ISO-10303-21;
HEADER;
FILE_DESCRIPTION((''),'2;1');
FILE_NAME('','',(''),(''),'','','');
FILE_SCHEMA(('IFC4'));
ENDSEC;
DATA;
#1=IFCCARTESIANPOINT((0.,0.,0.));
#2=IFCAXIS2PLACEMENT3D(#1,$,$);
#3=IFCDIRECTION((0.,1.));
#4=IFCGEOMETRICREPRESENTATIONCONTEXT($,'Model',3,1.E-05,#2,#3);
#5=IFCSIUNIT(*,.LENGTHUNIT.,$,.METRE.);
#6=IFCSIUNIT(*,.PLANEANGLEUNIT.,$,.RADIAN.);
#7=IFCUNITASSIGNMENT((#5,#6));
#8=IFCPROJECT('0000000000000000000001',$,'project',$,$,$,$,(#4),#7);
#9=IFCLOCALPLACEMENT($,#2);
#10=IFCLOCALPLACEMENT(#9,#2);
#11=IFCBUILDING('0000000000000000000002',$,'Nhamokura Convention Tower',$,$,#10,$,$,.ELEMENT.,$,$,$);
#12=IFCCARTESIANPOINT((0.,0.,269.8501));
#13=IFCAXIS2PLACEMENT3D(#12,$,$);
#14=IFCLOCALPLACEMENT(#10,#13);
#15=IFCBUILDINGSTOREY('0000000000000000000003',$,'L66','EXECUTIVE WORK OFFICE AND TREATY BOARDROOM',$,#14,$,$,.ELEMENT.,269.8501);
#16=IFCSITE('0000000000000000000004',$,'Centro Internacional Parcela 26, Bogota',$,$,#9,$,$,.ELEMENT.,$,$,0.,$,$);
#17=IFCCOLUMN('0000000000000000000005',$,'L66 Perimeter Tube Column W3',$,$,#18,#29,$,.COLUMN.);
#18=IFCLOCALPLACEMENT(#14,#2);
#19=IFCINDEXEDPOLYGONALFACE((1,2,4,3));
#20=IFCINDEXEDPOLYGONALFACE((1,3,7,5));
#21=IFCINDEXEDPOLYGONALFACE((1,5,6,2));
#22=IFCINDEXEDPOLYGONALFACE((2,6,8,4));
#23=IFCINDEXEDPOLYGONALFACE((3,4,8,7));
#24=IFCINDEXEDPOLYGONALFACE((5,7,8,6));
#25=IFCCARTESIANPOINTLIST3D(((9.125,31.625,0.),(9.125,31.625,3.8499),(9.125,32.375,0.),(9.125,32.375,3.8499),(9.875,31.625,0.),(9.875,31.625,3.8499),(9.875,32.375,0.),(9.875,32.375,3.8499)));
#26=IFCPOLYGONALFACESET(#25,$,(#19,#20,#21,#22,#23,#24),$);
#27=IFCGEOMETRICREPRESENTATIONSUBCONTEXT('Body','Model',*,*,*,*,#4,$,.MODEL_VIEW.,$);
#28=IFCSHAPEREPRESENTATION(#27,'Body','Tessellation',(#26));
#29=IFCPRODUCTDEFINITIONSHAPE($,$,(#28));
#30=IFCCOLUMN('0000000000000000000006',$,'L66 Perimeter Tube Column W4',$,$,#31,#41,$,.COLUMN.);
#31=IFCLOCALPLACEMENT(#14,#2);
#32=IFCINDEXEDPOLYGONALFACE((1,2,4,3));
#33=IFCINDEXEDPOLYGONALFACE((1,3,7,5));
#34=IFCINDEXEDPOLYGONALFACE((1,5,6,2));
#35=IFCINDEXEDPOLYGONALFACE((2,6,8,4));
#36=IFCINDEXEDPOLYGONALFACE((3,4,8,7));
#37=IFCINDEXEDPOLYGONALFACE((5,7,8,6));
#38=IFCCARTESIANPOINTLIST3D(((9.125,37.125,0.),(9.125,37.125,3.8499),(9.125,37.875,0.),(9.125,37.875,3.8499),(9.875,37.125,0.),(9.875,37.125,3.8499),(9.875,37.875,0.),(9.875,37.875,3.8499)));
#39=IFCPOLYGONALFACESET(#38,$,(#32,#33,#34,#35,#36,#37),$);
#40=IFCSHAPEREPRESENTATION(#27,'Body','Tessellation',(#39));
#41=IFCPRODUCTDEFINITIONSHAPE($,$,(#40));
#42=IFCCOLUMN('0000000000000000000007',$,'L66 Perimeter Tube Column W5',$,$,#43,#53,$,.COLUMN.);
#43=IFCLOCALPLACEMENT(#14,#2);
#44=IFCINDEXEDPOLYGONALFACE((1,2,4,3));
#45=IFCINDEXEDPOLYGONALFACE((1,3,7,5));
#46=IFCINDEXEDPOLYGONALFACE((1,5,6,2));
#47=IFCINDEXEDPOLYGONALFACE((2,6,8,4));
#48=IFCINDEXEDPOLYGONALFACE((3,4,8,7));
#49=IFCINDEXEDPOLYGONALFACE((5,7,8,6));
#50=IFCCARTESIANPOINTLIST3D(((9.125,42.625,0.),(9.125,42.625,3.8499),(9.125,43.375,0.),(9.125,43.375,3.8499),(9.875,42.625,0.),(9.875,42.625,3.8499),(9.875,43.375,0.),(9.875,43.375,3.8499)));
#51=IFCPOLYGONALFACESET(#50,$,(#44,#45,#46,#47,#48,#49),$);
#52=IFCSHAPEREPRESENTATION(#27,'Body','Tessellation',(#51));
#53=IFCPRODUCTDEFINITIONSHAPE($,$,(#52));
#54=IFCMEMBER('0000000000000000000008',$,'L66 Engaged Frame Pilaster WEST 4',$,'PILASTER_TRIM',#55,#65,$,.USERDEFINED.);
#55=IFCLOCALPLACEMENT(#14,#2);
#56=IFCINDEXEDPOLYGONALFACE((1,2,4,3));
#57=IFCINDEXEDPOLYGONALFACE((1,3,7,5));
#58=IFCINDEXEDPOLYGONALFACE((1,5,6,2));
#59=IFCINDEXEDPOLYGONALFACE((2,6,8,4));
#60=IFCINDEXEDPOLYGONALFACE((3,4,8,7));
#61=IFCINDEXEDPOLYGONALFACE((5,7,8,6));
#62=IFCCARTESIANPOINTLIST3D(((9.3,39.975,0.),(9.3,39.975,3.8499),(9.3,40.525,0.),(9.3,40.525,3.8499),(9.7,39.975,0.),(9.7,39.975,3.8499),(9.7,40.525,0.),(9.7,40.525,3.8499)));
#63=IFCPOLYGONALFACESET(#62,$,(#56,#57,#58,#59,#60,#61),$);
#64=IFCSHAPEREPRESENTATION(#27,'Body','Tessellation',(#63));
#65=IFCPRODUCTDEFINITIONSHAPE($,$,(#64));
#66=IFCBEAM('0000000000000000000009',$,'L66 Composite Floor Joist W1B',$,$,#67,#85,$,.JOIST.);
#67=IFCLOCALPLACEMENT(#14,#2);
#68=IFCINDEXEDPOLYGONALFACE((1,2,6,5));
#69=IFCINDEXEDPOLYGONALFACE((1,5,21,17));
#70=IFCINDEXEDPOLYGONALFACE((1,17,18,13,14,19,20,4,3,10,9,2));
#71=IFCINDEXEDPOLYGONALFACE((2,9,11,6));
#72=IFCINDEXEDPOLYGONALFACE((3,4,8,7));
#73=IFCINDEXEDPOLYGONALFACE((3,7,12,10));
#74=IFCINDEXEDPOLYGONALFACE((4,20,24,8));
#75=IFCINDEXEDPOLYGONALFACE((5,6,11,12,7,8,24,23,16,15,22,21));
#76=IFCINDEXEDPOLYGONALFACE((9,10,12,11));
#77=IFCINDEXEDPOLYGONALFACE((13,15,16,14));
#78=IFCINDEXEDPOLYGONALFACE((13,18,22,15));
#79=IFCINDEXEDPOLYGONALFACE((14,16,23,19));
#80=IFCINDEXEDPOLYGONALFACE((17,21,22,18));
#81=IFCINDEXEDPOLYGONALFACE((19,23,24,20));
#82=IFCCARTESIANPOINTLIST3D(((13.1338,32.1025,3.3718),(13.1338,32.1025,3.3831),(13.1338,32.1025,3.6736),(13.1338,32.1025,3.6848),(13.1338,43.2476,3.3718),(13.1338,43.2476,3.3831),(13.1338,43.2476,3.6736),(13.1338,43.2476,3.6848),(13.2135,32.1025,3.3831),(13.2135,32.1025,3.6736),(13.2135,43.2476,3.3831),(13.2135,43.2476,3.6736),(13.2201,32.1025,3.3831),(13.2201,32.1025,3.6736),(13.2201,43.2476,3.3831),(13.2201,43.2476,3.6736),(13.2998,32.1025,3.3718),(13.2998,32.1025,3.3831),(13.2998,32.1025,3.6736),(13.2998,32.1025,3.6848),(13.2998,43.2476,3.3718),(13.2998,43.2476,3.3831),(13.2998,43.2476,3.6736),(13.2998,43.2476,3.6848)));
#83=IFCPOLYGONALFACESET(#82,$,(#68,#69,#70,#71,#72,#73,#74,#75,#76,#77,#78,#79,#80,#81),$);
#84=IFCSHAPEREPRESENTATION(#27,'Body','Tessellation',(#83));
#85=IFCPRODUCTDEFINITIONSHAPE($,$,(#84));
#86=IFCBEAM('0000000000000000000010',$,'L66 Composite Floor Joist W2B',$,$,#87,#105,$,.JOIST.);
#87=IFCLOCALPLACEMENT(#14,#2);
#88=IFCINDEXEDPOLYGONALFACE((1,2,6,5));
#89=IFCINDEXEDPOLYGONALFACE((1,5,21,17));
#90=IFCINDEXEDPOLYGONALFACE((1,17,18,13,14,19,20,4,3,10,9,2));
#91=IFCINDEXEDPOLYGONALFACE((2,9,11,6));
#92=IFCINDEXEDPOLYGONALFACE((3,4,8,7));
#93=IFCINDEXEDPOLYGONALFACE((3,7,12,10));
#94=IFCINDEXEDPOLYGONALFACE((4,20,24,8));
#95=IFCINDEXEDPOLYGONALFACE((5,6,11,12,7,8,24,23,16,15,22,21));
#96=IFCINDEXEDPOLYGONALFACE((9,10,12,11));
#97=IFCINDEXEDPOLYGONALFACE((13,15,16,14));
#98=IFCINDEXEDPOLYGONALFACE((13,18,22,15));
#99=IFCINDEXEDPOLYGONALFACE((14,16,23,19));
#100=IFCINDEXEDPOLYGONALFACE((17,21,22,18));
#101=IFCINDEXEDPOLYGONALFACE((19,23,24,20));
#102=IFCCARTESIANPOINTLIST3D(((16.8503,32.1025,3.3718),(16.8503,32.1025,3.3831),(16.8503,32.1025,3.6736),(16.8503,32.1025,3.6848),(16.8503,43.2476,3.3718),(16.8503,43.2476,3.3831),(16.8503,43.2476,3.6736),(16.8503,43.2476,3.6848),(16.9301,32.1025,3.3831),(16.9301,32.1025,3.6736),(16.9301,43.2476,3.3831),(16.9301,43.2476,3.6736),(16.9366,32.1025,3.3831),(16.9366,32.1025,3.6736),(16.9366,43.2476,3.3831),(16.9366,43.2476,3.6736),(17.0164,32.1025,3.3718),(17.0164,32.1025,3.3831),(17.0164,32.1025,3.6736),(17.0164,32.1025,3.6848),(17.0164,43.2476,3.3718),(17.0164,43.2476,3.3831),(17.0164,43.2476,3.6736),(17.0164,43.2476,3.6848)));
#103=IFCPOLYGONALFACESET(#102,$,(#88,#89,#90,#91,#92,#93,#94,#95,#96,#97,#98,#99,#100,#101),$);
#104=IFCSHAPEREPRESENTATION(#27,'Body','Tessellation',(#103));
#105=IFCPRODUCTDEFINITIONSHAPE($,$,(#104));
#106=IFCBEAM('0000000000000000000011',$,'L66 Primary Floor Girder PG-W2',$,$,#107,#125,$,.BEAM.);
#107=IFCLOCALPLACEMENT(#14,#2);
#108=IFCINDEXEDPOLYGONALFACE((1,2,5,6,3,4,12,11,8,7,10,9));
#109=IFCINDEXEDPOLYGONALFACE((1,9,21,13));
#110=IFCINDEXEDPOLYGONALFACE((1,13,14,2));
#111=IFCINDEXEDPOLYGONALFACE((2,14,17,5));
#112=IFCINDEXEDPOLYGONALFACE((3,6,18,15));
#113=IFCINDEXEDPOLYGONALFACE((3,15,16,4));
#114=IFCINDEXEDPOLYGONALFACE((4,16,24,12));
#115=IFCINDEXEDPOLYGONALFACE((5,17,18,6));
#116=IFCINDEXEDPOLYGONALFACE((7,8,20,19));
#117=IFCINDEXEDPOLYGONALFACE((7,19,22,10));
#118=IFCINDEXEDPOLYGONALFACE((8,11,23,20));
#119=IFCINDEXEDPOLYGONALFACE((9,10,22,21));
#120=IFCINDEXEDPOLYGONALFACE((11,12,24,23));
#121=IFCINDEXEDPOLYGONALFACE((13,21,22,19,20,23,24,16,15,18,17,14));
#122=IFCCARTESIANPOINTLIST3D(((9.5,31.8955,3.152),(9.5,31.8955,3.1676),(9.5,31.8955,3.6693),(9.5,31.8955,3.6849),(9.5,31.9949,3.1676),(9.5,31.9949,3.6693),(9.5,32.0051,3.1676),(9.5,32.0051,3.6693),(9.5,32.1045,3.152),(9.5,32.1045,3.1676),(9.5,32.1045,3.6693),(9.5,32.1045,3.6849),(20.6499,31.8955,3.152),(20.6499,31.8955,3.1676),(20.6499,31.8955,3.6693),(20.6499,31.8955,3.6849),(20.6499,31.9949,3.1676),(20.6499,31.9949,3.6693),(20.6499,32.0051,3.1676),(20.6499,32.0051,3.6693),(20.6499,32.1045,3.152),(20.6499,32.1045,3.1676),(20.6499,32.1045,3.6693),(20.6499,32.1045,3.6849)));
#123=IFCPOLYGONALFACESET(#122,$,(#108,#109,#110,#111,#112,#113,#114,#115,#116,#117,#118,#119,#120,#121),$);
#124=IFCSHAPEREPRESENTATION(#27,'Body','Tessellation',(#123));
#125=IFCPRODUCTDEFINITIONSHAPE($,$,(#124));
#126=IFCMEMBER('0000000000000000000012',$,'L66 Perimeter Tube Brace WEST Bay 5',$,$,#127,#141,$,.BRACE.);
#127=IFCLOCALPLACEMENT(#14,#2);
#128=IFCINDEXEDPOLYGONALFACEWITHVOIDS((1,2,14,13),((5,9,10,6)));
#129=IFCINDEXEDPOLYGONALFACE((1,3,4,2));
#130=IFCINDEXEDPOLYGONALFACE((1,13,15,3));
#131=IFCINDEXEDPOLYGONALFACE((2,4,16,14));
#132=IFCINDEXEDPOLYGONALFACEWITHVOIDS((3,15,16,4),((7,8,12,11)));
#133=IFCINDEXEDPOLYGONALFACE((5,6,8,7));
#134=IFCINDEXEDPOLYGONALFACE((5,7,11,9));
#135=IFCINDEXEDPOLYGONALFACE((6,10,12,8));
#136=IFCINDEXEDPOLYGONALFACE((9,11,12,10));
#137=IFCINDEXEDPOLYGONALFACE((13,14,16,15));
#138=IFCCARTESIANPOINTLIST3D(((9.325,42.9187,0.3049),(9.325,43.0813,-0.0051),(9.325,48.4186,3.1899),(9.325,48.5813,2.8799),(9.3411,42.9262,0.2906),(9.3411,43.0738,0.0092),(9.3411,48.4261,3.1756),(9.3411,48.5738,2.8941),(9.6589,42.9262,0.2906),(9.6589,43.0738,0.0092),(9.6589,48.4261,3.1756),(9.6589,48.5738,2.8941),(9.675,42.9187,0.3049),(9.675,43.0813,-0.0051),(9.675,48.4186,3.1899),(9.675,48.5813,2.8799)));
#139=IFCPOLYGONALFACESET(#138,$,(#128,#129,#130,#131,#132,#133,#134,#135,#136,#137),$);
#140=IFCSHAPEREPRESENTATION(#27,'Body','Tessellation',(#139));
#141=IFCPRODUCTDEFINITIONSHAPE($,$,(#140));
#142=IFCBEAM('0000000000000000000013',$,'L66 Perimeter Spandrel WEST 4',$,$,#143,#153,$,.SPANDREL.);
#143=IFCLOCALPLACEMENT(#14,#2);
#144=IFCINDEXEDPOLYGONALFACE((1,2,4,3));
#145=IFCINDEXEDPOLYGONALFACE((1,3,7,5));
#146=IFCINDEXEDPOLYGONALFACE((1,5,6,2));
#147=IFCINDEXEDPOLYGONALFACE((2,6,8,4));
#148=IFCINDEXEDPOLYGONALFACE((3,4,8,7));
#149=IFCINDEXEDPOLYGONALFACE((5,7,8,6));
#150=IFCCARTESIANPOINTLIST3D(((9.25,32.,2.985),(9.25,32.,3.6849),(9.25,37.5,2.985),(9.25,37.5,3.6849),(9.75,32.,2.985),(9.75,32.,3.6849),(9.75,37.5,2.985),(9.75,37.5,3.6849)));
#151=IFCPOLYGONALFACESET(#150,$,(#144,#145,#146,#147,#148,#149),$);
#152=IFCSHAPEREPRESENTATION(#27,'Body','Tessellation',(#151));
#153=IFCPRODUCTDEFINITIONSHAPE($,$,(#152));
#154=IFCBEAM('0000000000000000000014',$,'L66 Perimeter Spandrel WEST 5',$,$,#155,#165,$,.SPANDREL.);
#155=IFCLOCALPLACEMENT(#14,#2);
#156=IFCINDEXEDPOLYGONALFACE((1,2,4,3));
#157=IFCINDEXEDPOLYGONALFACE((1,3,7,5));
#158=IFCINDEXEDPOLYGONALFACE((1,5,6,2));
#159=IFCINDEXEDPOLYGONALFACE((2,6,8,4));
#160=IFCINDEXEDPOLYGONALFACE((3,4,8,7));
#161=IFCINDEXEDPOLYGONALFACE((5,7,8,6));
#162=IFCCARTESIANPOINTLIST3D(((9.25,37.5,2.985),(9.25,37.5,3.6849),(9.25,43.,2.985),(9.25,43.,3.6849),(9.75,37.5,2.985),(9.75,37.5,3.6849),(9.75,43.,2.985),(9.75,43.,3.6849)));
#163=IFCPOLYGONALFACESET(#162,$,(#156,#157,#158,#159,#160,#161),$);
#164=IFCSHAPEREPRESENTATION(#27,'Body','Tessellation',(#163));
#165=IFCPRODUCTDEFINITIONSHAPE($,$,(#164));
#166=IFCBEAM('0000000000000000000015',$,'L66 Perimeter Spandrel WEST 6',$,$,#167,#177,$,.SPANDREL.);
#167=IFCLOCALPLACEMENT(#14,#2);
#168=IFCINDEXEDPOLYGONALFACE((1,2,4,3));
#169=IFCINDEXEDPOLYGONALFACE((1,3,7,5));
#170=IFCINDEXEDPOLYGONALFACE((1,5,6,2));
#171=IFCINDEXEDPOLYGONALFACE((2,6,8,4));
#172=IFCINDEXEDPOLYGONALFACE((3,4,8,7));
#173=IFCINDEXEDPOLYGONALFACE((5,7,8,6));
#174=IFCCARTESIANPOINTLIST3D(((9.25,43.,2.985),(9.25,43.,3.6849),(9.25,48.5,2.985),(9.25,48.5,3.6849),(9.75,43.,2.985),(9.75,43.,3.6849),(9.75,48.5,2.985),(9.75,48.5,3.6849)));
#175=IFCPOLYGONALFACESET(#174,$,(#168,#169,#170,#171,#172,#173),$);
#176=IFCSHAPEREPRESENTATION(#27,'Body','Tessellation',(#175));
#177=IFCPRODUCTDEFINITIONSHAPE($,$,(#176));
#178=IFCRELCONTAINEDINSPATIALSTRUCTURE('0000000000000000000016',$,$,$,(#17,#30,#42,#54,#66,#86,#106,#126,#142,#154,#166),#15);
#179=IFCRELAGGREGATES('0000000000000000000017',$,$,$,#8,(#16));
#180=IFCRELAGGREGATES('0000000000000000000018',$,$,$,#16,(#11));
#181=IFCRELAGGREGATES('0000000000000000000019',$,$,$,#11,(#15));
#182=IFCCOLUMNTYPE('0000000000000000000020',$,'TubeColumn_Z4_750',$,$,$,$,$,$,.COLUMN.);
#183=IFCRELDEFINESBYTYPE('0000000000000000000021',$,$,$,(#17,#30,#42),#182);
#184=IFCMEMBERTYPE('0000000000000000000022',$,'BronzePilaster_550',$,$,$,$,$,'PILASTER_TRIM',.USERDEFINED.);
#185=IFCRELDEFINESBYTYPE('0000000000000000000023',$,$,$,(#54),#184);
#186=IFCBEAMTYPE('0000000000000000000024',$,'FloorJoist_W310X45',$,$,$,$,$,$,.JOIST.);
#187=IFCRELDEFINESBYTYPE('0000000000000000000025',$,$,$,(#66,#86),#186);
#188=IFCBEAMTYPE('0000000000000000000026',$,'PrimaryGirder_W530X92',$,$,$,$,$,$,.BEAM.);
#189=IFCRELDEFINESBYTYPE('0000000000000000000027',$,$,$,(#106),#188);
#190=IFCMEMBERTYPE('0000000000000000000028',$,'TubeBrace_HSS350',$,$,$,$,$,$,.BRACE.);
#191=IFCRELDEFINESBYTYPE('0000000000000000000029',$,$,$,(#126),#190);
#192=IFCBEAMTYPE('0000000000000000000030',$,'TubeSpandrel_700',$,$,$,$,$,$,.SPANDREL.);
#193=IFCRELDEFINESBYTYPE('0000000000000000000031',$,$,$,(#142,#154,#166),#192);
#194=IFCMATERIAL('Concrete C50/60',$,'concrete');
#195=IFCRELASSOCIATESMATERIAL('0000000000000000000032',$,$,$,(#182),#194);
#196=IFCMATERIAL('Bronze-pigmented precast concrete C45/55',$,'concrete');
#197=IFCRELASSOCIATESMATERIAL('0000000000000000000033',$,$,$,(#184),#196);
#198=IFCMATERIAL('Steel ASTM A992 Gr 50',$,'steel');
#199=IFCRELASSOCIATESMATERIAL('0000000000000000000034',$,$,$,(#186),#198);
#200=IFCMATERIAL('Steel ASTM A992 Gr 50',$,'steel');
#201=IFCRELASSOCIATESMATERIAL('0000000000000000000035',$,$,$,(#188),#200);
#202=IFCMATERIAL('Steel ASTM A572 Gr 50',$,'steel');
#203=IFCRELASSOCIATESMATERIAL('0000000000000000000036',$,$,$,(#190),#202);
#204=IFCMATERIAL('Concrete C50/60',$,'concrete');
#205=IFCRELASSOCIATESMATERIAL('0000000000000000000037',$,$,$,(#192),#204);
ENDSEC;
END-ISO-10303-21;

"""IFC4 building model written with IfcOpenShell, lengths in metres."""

from ifc_helpers import new_model, si_unit, direction, frame, origin, origin_2d, place, context, subcontext, project, spatial, rectangle, hollow_rectangle, i_section, extrude, material, material_profile, profile_set, type_object, element, save


model = new_model("IFC4")

# Units and contexts
model_context = context("Model", 3, precision=1e-05, world=origin(), true_north=direction((0.0, 1.0)))
body_context = subcontext(model_context, "Body", "Model", "MODEL_VIEW")
ifc_project = project(units=[si_unit("LENGTHUNIT", "METRE"), si_unit("PLANEANGLEUNIT", "RADIAN")], contexts=[model_context])

# Site, building, storey
site_placement = place(None, origin())
site = spatial("IfcSite", under=ifc_project, at=site_placement, Name="Centro Internacional Parcela 26, Bogota", CompositionType="ELEMENT", RefElevation=0.0)
building_placement = place(site_placement, origin())
building = spatial("IfcBuilding", under=site, at=building_placement, Name="Nhamokura Convention Tower", CompositionType="ELEMENT")
storey_placement = place(building_placement, frame((0.0, 0.0, 269.8501)))
storey = spatial("IfcBuildingStorey", under=building, at=storey_placement, Name="L66", Description="EXECUTIVE WORK OFFICE AND TREATY BOARDROOM", CompositionType="ELEMENT", Elevation=269.8501)

# Columns
ifc_material_1 = material(Name="Concrete C50/60", Category="concrete")
ifc_material_profile_1 = material_profile(ifc_material_1, rectangle(XDim=0.75, YDim=0.75, at=origin_2d()))
ifc_profile_set_1 = profile_set([ifc_material_profile_1], Name="Concrete C50/60")
column_type = type_object("IfcColumnType", Name="TubeColumn_Z4_750", PredefinedType="COLUMN", material=ifc_profile_set_1)
for number, where, z_axis, x_axis, name in (
    (1, (9.5, 32.0, 0.0), (0.0, 0.0, 1.0), (1.0, 0.0, 0.0), "L66 Perimeter Tube Column W3"),
    (2, (9.5, 37.5, 0.0), (0.0, 0.0, 1.0), (1.0, 0.0, 0.0), "L66 Perimeter Tube Column W4"),
    (3, (9.5, 43.0, 0.0), (0.0, 0.0, 1.0), (1.0, 0.0, 0.0), "L66 Perimeter Tube Column W5"),
):
    element("IfcColumn", number, at=place(storey_placement, frame(where, z_axis=z_axis, x_axis=x_axis)), inside=storey, type_object=column_type, Name=name, PredefinedType="COLUMN", context=body_context, shape_type="SweptSolid", body=[
        extrude(rectangle(XDim=0.75, YDim=0.75, at=origin_2d()), origin(), (0.0, 0.0, 1.0), 3.8499),
    ])

# Member
ifc_material_2 = material(Name="Bronze-pigmented precast concrete C45/55", Category="concrete")
ifc_material_profile_2 = material_profile(ifc_material_2, rectangle(XDim=0.3999, YDim=0.55, at=origin_2d()))
ifc_profile_set_2 = profile_set([ifc_material_profile_2], Name="Bronze-pigmented precast concrete C45/55")
member_type_1 = type_object("IfcMemberType", Name="BronzePilaster_550", ElementType="PILASTER_TRIM", PredefinedType="USERDEFINED", material=ifc_profile_set_2)
member_1_placement = place(storey_placement, frame((9.5, 40.25, 0.0), z_axis=(0.0, 0.0, 1.0), x_axis=(1.0, 0.0, 0.0)))
element("IfcMember", 4, at=member_1_placement, inside=storey, type_object=member_type_1, Name="L66 Engaged Frame Pilaster WEST 4", ObjectType="PILASTER_TRIM", PredefinedType="USERDEFINED", context=body_context, shape_type="SweptSolid", body=[
    extrude(rectangle(XDim=0.3999, YDim=0.55, at=origin_2d()), origin(), (0.0, 0.0, 1.0), 3.8499),
])

# Beams
ifc_material_3 = material(Name="Steel ASTM A992 Gr 50", Category="steel")
ifc_material_profile_3 = material_profile(ifc_material_3, i_section(OverallWidth=0.166, OverallDepth=0.313, WebThickness=0.0066, FlangeThickness=0.0112, at=origin_2d()))
ifc_profile_set_3 = profile_set([ifc_material_profile_3], Name="Steel ASTM A992 Gr 50")
beam_type_1 = type_object("IfcBeamType", Name="FloorJoist_W310X45", PredefinedType="JOIST", material=ifc_profile_set_3)
for number, where, z_axis, x_axis, name in (
    (5, (13.2168, 32.1025, 3.5283), (0.0, 1.0, 0.0), (-1.0, 0.0, 0.0), "L66 Composite Floor Joist W1B"),
    (6, (16.9333, 32.1025, 3.5283), (0.0, 1.0, 0.0), (-1.0, 0.0, 0.0), "L66 Composite Floor Joist W2B"),
):
    element("IfcBeam", number, at=place(storey_placement, frame(where, z_axis=z_axis, x_axis=x_axis)), inside=storey, type_object=beam_type_1, Name=name, PredefinedType="JOIST", context=body_context, shape_type="SweptSolid", body=[
        extrude(i_section(OverallWidth=0.166, OverallDepth=0.313, WebThickness=0.0066, FlangeThickness=0.0112, at=origin_2d()), origin(), (0.0, 0.0, 1.0), 11.145),
    ])
ifc_material_4 = material(Name="Steel ASTM A992 Gr 50", Category="steel")
ifc_material_profile_4 = material_profile(ifc_material_4, i_section(OverallWidth=0.209, OverallDepth=0.533, WebThickness=0.0103, FlangeThickness=0.0156, at=origin_2d()))
ifc_profile_set_4 = profile_set([ifc_material_profile_4], Name="Steel ASTM A992 Gr 50")
beam_type_2 = type_object("IfcBeamType", Name="PrimaryGirder_W530X92", PredefinedType="BEAM", material=ifc_profile_set_4)
beam_placement = place(storey_placement, frame((9.5, 32.0, 3.4185), z_axis=(1.0, 0.0, 0.0), x_axis=(0.0, 1.0, 0.0)))
element("IfcBeam", 7, at=beam_placement, inside=storey, type_object=beam_type_2, Name="L66 Primary Floor Girder PG-W2", PredefinedType="BEAM", context=body_context, shape_type="SweptSolid", body=[
    extrude(i_section(OverallWidth=0.209, OverallDepth=0.533, WebThickness=0.0103, FlangeThickness=0.0156, at=origin_2d()), origin(), (0.0, 0.0, 1.0), 11.1499),
])

# Member
ifc_material_5 = material(Name="Steel ASTM A572 Gr 50", Category="steel")
ifc_material_profile_5 = material_profile(ifc_material_5, hollow_rectangle(XDim=0.3501, YDim=0.3501, WallThickness=0.0161, at=origin_2d()))
ifc_profile_set_5 = profile_set([ifc_material_profile_5], Name="Steel ASTM A572 Gr 50")
member_type_2 = type_object("IfcMemberType", Name="TubeBrace_HSS350", PredefinedType="BRACE", material=ifc_profile_set_5)
member_2_placement = place(storey_placement, frame((9.5, 43.0, 0.1499), z_axis=(0.0, 0.885563, 0.46452), x_axis=(-1.0, 0.0, 0.0)))
element("IfcMember", 8, at=member_2_placement, inside=storey, type_object=member_type_2, Name="L66 Perimeter Tube Brace WEST Bay 5", PredefinedType="BRACE", context=body_context, shape_type="SweptSolid", body=[
    extrude(hollow_rectangle(XDim=0.3501, YDim=0.3501, WallThickness=0.0161, at=origin_2d()), origin(), (0.0, 0.0, 1.0), 6.2107),
])

# Beams
ifc_material_6 = material(Name="Concrete C50/60", Category="concrete")
ifc_material_profile_6 = material_profile(ifc_material_6, rectangle(XDim=0.5, YDim=0.7, at=origin_2d()))
ifc_profile_set_6 = profile_set([ifc_material_profile_6], Name="Concrete C50/60")
beam_type_3 = type_object("IfcBeamType", Name="TubeSpandrel_700", PredefinedType="SPANDREL", material=ifc_profile_set_6)
for number, where, z_axis, x_axis, name in (
    (9, (9.5, 32.0, 3.335), (0.0, 1.0, 0.0), (-1.0, 0.0, 0.0), "L66 Perimeter Spandrel WEST 4"),
    (10, (9.5, 37.5, 3.335), (0.0, 1.0, 0.0), (-1.0, 0.0, 0.0), "L66 Perimeter Spandrel WEST 5"),
    (11, (9.5, 43.0, 3.335), (0.0, 1.0, 0.0), (-1.0, 0.0, 0.0), "L66 Perimeter Spandrel WEST 6"),
):
    element("IfcBeam", number, at=place(storey_placement, frame(where, z_axis=z_axis, x_axis=x_axis)), inside=storey, type_object=beam_type_3, Name=name, PredefinedType="SPANDREL", context=body_context, shape_type="SweptSolid", body=[
        extrude(rectangle(XDim=0.5, YDim=0.7, at=origin_2d()), origin(), (0.0, 0.0, 1.0), 5.5),
    ])

save(model, "model.ifc")
